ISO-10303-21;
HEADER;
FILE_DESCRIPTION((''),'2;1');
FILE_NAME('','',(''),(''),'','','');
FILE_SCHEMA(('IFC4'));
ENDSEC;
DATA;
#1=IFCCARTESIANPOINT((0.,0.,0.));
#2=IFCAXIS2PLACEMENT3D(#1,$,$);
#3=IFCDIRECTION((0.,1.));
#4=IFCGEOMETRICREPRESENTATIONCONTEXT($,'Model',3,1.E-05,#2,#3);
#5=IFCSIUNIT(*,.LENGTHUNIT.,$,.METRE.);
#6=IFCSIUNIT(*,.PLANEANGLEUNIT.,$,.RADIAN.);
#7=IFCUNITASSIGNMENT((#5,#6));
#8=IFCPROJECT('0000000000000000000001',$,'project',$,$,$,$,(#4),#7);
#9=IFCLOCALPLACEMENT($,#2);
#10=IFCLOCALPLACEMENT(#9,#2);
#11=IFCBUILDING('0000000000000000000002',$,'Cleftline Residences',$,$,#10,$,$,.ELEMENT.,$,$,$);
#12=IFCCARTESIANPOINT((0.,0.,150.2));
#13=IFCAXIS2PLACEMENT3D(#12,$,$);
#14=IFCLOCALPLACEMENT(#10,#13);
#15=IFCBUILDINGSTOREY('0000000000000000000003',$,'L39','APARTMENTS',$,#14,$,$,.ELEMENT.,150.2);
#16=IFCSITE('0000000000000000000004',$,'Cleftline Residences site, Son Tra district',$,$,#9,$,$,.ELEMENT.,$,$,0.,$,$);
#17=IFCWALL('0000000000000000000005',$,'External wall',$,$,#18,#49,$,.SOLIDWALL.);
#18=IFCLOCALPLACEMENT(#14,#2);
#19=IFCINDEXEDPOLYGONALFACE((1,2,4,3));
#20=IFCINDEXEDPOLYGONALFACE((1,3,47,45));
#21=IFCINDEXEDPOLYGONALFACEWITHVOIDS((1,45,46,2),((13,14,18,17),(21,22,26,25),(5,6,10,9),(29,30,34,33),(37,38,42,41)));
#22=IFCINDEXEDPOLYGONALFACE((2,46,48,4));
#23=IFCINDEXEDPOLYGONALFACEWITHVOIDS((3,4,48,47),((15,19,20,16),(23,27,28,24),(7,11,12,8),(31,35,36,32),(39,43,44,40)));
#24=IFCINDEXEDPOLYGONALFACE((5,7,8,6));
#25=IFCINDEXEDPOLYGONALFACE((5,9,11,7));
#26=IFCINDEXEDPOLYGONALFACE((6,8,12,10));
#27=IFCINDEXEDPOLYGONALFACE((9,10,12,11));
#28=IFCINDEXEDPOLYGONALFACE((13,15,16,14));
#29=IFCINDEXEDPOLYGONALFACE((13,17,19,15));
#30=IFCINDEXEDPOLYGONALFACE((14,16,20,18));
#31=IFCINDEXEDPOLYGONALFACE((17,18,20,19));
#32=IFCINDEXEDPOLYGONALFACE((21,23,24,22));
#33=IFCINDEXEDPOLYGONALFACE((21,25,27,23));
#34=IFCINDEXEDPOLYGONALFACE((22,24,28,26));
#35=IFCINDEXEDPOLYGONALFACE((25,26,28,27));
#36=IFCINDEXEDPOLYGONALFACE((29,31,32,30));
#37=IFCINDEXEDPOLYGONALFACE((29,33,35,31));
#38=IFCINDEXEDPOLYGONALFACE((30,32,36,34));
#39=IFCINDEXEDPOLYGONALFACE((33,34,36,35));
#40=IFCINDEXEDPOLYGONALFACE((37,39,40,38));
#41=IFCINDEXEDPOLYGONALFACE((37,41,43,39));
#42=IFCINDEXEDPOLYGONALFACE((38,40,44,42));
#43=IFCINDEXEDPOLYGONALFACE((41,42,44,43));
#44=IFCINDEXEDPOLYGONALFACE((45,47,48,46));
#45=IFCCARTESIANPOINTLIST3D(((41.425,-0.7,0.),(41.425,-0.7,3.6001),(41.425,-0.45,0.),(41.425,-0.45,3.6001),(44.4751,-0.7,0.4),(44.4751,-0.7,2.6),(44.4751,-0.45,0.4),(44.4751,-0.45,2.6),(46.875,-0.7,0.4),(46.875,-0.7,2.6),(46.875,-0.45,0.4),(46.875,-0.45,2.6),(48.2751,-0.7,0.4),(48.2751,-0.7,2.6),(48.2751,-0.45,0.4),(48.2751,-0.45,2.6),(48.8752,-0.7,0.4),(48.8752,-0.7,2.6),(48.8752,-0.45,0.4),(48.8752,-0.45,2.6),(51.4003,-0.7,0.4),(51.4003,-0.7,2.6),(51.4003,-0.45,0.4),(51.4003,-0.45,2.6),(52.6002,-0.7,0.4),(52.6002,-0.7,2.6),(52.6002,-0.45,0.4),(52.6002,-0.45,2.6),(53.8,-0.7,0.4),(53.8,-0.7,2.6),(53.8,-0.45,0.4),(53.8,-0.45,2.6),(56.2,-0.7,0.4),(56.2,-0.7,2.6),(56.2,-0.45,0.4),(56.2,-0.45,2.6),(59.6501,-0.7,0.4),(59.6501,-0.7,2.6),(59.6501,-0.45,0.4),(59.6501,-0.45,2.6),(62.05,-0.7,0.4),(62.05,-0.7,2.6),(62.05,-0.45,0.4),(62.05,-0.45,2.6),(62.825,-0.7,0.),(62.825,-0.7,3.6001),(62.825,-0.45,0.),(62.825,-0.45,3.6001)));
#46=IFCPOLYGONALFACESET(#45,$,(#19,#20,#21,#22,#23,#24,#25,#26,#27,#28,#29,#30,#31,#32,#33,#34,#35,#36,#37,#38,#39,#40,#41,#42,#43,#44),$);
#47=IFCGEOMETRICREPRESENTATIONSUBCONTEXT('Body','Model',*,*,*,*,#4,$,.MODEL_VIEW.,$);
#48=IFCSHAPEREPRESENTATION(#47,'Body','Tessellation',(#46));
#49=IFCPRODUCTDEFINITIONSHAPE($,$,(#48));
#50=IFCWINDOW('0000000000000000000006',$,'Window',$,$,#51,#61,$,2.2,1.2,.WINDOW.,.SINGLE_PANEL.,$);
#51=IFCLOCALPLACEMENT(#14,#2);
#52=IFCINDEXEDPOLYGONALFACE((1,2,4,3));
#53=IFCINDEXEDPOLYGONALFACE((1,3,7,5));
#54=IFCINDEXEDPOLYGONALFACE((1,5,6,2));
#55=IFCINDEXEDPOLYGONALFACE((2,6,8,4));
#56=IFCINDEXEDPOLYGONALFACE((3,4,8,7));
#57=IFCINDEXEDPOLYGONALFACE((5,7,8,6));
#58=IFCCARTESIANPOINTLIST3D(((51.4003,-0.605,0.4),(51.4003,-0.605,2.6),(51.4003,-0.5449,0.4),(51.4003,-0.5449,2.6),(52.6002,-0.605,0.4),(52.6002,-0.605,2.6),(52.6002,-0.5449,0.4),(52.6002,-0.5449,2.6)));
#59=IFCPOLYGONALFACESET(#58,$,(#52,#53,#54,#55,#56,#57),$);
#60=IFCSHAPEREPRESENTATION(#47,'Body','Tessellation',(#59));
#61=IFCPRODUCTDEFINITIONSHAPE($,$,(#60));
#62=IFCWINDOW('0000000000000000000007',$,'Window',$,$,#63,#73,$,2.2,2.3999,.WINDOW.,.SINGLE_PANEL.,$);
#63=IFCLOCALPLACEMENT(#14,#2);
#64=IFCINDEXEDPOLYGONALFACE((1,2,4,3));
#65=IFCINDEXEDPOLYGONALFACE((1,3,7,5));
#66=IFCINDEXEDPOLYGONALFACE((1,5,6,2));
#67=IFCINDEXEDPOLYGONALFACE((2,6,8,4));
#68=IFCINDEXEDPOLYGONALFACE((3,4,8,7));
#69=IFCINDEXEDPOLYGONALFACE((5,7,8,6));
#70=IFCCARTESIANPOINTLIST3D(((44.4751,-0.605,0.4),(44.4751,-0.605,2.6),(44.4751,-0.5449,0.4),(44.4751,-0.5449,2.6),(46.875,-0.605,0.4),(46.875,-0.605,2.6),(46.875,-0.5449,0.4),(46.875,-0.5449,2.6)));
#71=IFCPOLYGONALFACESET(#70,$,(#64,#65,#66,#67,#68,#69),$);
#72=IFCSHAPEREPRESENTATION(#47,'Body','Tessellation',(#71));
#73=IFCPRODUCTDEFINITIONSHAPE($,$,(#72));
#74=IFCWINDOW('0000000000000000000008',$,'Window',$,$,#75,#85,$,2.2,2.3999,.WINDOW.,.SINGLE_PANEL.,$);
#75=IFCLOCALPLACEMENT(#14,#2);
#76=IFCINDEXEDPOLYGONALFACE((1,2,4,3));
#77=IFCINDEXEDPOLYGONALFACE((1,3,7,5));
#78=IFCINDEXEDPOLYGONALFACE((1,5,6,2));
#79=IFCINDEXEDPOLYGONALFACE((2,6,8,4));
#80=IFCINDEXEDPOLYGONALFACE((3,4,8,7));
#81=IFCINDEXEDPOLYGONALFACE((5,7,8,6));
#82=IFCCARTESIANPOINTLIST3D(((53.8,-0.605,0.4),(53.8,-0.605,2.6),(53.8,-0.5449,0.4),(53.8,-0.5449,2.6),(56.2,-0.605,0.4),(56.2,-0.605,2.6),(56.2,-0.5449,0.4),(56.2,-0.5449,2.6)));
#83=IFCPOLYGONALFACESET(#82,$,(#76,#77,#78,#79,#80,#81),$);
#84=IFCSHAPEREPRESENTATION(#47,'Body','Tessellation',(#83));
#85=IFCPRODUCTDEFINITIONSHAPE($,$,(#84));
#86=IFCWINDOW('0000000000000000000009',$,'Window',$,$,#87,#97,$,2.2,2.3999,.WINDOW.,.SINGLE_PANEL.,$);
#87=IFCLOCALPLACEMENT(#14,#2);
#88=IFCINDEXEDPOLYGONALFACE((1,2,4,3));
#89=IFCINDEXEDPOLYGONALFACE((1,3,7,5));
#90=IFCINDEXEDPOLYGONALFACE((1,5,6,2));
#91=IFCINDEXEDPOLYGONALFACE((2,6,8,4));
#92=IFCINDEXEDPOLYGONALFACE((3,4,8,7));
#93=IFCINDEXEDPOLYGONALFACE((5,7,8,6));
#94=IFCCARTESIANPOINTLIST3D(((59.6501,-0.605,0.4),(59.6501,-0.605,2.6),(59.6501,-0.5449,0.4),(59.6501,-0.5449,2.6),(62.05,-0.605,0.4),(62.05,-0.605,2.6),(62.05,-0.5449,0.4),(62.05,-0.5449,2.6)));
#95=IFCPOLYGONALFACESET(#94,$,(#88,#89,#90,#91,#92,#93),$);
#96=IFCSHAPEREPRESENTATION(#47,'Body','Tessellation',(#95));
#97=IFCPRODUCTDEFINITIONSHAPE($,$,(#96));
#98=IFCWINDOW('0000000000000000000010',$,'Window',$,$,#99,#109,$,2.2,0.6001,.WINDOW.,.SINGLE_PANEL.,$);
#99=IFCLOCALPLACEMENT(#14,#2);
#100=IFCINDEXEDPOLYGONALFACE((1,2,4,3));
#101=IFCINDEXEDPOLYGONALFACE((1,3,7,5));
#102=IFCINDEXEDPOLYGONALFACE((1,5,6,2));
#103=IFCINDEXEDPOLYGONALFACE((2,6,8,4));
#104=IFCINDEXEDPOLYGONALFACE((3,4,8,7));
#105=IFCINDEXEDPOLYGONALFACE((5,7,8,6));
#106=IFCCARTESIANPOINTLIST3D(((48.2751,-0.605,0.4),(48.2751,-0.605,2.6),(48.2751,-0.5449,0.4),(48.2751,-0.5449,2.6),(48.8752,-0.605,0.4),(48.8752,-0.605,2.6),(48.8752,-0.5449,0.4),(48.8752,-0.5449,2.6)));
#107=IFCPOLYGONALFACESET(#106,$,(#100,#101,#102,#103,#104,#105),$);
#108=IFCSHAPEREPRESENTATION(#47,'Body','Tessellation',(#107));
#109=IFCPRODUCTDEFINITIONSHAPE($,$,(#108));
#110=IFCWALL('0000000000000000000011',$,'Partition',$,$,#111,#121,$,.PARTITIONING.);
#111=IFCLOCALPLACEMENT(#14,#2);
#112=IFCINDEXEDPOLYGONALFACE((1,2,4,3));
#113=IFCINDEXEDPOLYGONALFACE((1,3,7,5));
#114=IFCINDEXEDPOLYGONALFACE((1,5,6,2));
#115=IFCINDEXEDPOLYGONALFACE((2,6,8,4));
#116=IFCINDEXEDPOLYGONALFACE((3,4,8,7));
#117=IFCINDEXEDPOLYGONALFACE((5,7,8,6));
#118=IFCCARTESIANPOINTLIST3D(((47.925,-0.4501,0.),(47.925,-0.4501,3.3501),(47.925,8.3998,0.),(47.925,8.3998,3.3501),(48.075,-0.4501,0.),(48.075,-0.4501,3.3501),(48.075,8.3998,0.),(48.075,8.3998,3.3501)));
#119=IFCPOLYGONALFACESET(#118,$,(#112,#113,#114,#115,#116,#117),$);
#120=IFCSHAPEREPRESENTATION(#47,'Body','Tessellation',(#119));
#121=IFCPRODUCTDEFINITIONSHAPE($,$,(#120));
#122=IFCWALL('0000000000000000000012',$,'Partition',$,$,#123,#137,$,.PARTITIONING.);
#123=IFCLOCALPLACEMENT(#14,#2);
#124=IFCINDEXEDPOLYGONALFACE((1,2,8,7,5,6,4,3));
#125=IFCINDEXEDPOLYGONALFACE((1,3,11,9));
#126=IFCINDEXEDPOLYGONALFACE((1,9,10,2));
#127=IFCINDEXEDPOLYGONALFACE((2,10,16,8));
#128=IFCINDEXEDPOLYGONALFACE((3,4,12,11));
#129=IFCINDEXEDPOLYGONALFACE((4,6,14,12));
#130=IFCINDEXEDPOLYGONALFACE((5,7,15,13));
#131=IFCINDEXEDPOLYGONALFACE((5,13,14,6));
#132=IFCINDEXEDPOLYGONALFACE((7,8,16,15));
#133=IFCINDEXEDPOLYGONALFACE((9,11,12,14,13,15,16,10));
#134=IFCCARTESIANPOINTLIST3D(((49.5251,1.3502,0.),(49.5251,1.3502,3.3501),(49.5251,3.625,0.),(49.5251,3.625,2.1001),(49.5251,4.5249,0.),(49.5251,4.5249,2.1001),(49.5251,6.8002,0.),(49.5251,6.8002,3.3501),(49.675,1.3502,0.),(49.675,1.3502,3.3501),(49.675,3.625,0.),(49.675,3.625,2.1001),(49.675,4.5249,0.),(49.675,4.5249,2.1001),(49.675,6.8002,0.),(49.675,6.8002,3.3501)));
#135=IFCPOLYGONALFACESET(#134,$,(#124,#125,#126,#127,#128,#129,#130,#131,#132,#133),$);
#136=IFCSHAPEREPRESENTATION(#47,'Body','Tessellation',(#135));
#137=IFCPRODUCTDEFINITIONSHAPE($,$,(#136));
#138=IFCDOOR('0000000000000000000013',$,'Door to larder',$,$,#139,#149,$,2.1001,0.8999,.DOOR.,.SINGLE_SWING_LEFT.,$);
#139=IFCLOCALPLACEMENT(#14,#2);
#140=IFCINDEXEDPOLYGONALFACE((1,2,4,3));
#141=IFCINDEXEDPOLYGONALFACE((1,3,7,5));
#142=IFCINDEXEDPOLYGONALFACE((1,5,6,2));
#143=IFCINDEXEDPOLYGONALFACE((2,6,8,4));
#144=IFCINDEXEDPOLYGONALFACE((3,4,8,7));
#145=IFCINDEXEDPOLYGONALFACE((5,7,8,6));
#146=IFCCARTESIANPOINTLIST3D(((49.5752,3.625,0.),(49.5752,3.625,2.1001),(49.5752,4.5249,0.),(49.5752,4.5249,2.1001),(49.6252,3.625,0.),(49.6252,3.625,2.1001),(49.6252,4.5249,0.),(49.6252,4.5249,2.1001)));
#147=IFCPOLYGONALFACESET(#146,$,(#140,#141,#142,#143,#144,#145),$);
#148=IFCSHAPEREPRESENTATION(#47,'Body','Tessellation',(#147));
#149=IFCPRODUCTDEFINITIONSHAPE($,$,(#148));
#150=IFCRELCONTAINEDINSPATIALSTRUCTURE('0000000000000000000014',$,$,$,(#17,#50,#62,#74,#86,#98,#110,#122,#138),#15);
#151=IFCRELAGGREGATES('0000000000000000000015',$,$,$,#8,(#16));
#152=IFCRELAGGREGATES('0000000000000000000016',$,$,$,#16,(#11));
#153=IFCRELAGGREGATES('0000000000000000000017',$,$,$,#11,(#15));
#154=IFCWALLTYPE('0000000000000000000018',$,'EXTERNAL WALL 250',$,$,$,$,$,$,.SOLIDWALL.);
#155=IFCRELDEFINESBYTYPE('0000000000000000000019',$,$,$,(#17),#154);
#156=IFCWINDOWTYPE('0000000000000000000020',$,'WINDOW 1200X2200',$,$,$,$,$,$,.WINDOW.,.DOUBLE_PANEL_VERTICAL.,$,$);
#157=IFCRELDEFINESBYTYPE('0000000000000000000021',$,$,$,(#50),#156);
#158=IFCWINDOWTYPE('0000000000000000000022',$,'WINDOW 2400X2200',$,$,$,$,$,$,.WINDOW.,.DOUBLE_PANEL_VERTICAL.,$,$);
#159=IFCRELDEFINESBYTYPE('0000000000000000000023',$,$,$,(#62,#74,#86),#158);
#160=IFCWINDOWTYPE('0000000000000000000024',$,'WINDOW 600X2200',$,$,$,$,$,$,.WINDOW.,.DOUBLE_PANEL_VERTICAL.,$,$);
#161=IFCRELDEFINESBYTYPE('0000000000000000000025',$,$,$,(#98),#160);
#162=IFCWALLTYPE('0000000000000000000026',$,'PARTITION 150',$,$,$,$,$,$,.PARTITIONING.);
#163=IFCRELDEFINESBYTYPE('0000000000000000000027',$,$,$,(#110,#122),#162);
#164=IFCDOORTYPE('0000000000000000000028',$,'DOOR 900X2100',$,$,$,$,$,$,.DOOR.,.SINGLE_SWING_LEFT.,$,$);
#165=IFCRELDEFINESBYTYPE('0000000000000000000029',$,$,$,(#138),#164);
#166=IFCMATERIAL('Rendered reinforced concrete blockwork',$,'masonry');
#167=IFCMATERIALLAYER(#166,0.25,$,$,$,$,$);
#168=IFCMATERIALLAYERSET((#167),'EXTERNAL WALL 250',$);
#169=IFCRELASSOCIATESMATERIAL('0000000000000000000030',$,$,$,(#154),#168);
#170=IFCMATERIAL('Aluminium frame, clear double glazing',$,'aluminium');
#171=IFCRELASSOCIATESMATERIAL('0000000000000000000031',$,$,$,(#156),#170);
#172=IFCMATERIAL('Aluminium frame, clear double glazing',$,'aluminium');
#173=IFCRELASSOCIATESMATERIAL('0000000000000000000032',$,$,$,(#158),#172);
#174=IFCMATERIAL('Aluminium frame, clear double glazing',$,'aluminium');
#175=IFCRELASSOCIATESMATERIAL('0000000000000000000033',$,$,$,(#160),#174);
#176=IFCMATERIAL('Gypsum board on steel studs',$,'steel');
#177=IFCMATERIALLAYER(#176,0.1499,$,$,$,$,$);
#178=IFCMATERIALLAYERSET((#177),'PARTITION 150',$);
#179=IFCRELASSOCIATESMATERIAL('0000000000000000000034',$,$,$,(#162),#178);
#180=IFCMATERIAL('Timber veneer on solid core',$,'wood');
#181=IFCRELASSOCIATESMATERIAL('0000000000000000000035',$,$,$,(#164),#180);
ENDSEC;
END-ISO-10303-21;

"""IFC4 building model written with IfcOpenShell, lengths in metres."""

from ifc_helpers import new_model, si_unit, direction, frame, frame_2d, origin, place, context, subcontext, project, spatial, rectangle, extrude, material, layer, layer_set, type_object, element, fill, save


model = new_model("IFC4")

# Units and contexts
model_context = context("Model", 3, precision=1e-05, world=origin(), true_north=direction((0.0, 1.0)))
body_context = subcontext(model_context, "Body", "Model", "MODEL_VIEW")
ifc_project = project(units=[si_unit("LENGTHUNIT", "METRE"), si_unit("PLANEANGLEUNIT", "RADIAN")], contexts=[model_context])

# Site, building, storey
site_placement = place(None, origin())
site = spatial("IfcSite", under=ifc_project, at=site_placement, Name="Cleftline Residences site, Son Tra district", CompositionType="ELEMENT", RefElevation=0.0)
building_placement = place(site_placement, origin())
building = spatial("IfcBuilding", under=site, at=building_placement, Name="Cleftline Residences", CompositionType="ELEMENT")
storey_placement = place(building_placement, frame((0.0, 0.0, 150.2)))
storey = spatial("IfcBuildingStorey", under=building, at=storey_placement, Name="L39", Description="APARTMENTS", CompositionType="ELEMENT", Elevation=150.2)

# Wall, openings, windows
ifc_material_1 = material(Name="Rendered reinforced concrete blockwork", Category="masonry")
ifc_layer_1 = layer(ifc_material_1, 0.25)
ifc_layer_set_1 = layer_set([ifc_layer_1], Name="EXTERNAL WALL 250")
wall_type_1 = type_object("IfcWallType", Name="EXTERNAL WALL 250", PredefinedType="SOLIDWALL", material=ifc_layer_set_1)
wall_1_placement = place(storey_placement, frame((41.425, -0.575, 0.0), z_axis=(0.0, 0.0, 1.0), x_axis=(1.0, 0.0, 0.0)))
wall_1 = element("IfcWall", 1, at=wall_1_placement, inside=storey, type_object=wall_type_1, Name="External wall", PredefinedType="SOLIDWALL", context=body_context, shape_type="SweptSolid", body=[
    extrude(rectangle(XDim=21.3999, YDim=0.25, at=frame_2d((10.7, 0.0))), origin(), (0.0, 0.0, 1.0), 3.6001),
])
opening_1_placement = place(wall_1_placement, frame((3.05, 0.0, 0.3999)))
opening_1 = element("IfcOpeningElement", 2, at=opening_1_placement, cuts=wall_1, PredefinedType="OPENING", context=body_context, shape_type="SweptSolid", body=[
    extrude(rectangle(XDim=2.3999, YDim=2.2, at=frame_2d((1.2, 1.1001))), frame((0.0, 0.135, 0.0), z_axis=(0.0, -1.0, 0.0), x_axis=(1.0, 0.0, 0.0)), (0.0, 0.0, 1.0), 0.27),
])
opening_2_placement = place(wall_1_placement, frame((6.8501, 0.0, 0.3999)))
opening_2 = element("IfcOpeningElement", 3, at=opening_2_placement, cuts=wall_1, PredefinedType="OPENING", context=body_context, shape_type="SweptSolid", body=[
    extrude(rectangle(XDim=0.6001, YDim=2.2, at=frame_2d((0.3, 1.1001))), frame((0.0, 0.135, 0.0), z_axis=(0.0, -1.0, 0.0), x_axis=(1.0, 0.0, 0.0)), (0.0, 0.0, 1.0), 0.27),
])
opening_3_placement = place(wall_1_placement, frame((9.9751, 0.0, 0.3999)))
opening_3 = element("IfcOpeningElement", 4, at=opening_3_placement, cuts=wall_1, PredefinedType="OPENING", context=body_context, shape_type="SweptSolid", body=[
    extrude(rectangle(XDim=1.2, YDim=2.2, at=frame_2d((0.6001, 1.1001))), frame((0.0, 0.135, 0.0), z_axis=(0.0, -1.0, 0.0), x_axis=(1.0, 0.0, 0.0)), (0.0, 0.0, 1.0), 0.27),
])
opening_4_placement = place(wall_1_placement, frame((12.375, 0.0, 0.3999)))
opening_4 = element("IfcOpeningElement", 5, at=opening_4_placement, cuts=wall_1, PredefinedType="OPENING", context=body_context, shape_type="SweptSolid", body=[
    extrude(rectangle(XDim=2.3999, YDim=2.2, at=frame_2d((1.2, 1.1001))), frame((0.0, 0.135, 0.0), z_axis=(0.0, -1.0, 0.0), x_axis=(1.0, 0.0, 0.0)), (0.0, 0.0, 1.0), 0.27),
])
opening_5_placement = place(wall_1_placement, frame((18.2251, 0.0, 0.3999)))
opening_5 = element("IfcOpeningElement", 6, at=opening_5_placement, cuts=wall_1, PredefinedType="OPENING", context=body_context, shape_type="SweptSolid", body=[
    extrude(rectangle(XDim=2.3999, YDim=2.2, at=frame_2d((1.2, 1.1001))), frame((0.0, 0.135, 0.0), z_axis=(0.0, -1.0, 0.0), x_axis=(1.0, 0.0, 0.0)), (0.0, 0.0, 1.0), 0.27),
])
ifc_material_2 = material(Name="Aluminium frame, clear double glazing", Category="aluminium")
window_type_1 = type_object("IfcWindowType", Name="WINDOW 1200X2200", PartitioningType="DOUBLE_PANEL_VERTICAL", PredefinedType="WINDOW", material=ifc_material_2)
window_1_placement = place(opening_3_placement, origin())
window_1 = element("IfcWindow", 7, at=window_1_placement, inside=storey, type_object=window_type_1, Name="Window", OverallHeight=2.2, OverallWidth=1.2, PartitioningType="SINGLE_PANEL", PredefinedType="WINDOW", context=body_context, shape_type="SweptSolid", body=[
    extrude(rectangle(XDim=1.2, YDim=2.2, at=frame_2d((0.6001, 1.1001))), frame((0.0, 0.03, 0.0), z_axis=(0.0, -1.0, 0.0), x_axis=(1.0, 0.0, 0.0)), (0.0, 0.0, 1.0), 0.0601),
])
fill(opening_3, window_1)
ifc_material_3 = material(Name="Aluminium frame, clear double glazing", Category="aluminium")
window_type_2 = type_object("IfcWindowType", Name="WINDOW 2400X2200", PartitioningType="DOUBLE_PANEL_VERTICAL", PredefinedType="WINDOW", material=ifc_material_3)
window_2_placement = place(opening_1_placement, origin())
window_2 = element("IfcWindow", 8, at=window_2_placement, inside=storey, type_object=window_type_2, Name="Window", OverallHeight=2.2, OverallWidth=2.3999, PartitioningType="SINGLE_PANEL", PredefinedType="WINDOW", context=body_context, shape_type="SweptSolid", body=[
    extrude(rectangle(XDim=2.3999, YDim=2.2, at=frame_2d((1.2, 1.1001))), frame((0.0, 0.03, 0.0), z_axis=(0.0, -1.0, 0.0), x_axis=(1.0, 0.0, 0.0)), (0.0, 0.0, 1.0), 0.0601),
])
fill(opening_1, window_2)
window_3_placement = place(opening_4_placement, origin())
window_3 = element("IfcWindow", 9, at=window_3_placement, inside=storey, type_object=window_type_2, Name="Window", OverallHeight=2.2, OverallWidth=2.3999, PartitioningType="SINGLE_PANEL", PredefinedType="WINDOW", context=body_context, shape_type="SweptSolid", body=[
    extrude(rectangle(XDim=2.3999, YDim=2.2, at=frame_2d((1.2, 1.1001))), frame((0.0, 0.03, 0.0), z_axis=(0.0, -1.0, 0.0), x_axis=(1.0, 0.0, 0.0)), (0.0, 0.0, 1.0), 0.0601),
])
fill(opening_4, window_3)
window_4_placement = place(opening_5_placement, origin())
window_4 = element("IfcWindow", 10, at=window_4_placement, inside=storey, type_object=window_type_2, Name="Window", OverallHeight=2.2, OverallWidth=2.3999, PartitioningType="SINGLE_PANEL", PredefinedType="WINDOW", context=body_context, shape_type="SweptSolid", body=[
    extrude(rectangle(XDim=2.3999, YDim=2.2, at=frame_2d((1.2, 1.1001))), frame((0.0, 0.03, 0.0), z_axis=(0.0, -1.0, 0.0), x_axis=(1.0, 0.0, 0.0)), (0.0, 0.0, 1.0), 0.0601),
])
fill(opening_5, window_4)
ifc_material_4 = material(Name="Aluminium frame, clear double glazing", Category="aluminium")
window_type_3 = type_object("IfcWindowType", Name="WINDOW 600X2200", PartitioningType="DOUBLE_PANEL_VERTICAL", PredefinedType="WINDOW", material=ifc_material_4)
window_5_placement = place(opening_2_placement, origin())
window_5 = element("IfcWindow", 11, at=window_5_placement, inside=storey, type_object=window_type_3, Name="Window", OverallHeight=2.2, OverallWidth=0.6001, PartitioningType="SINGLE_PANEL", PredefinedType="WINDOW", context=body_context, shape_type="SweptSolid", body=[
    extrude(rectangle(XDim=0.6001, YDim=2.2, at=frame_2d((0.3, 1.1001))), frame((0.0, 0.03, 0.0), z_axis=(0.0, -1.0, 0.0), x_axis=(1.0, 0.0, 0.0)), (0.0, 0.0, 1.0), 0.0601),
])
fill(opening_2, window_5)

# Wall
ifc_material_5 = material(Name="Gypsum board on steel studs", Category="steel")
ifc_layer_2 = layer(ifc_material_5, 0.1499)
ifc_layer_set_2 = layer_set([ifc_layer_2], Name="PARTITION 150")
wall_type_2 = type_object("IfcWallType", Name="PARTITION 150", PredefinedType="PARTITIONING", material=ifc_layer_set_2)
wall_2_placement = place(storey_placement, frame((48.0, -0.45, 0.0), z_axis=(0.0, 0.0, 1.0), x_axis=(0.0, 1.0, 0.0)))
element("IfcWall", 12, at=wall_2_placement, inside=storey, type_object=wall_type_2, Name="Partition", PredefinedType="PARTITIONING", context=body_context, shape_type="SweptSolid", body=[
    extrude(rectangle(XDim=8.8499, YDim=0.1499, at=frame_2d((4.4248, 0.0))), origin(), (0.0, 0.0, 1.0), 3.3501),
])

# Wall, opening, door
wall_3_placement = place(storey_placement, frame((49.6001, 1.3501, 0.0), z_axis=(0.0, 0.0, 1.0), x_axis=(0.0, 1.0, 0.0)))
wall_3 = element("IfcWall", 13, at=wall_3_placement, inside=storey, type_object=wall_type_2, Name="Partition", PredefinedType="PARTITIONING", context=body_context, shape_type="SweptSolid", body=[
    extrude(rectangle(XDim=5.45, YDim=0.1499, at=frame_2d((2.7251, 0.0))), origin(), (0.0, 0.0, 1.0), 3.3501),
])
opening_6_placement = place(wall_3_placement, frame((2.2749, 0.0, 0.0)))
opening_6 = element("IfcOpeningElement", 14, at=opening_6_placement, cuts=wall_3, PredefinedType="OPENING", context=body_context, shape_type="SweptSolid", body=[
    extrude(rectangle(XDim=0.8999, YDim=2.1001, at=frame_2d((0.45, 1.05))), frame((0.0, 0.085, 0.0), z_axis=(0.0, -1.0, 0.0), x_axis=(1.0, 0.0, 0.0)), (0.0, 0.0, 1.0), 0.1699),
])
ifc_material_6 = material(Name="Timber veneer on solid core", Category="wood")
door_type = type_object("IfcDoorType", Name="DOOR 900X2100", OperationType="SINGLE_SWING_LEFT", PredefinedType="DOOR", material=ifc_material_6)
door_placement = place(opening_6_placement, origin())
door = element("IfcDoor", 15, at=door_placement, inside=storey, type_object=door_type, Name="Door to larder", OperationType="SINGLE_SWING_LEFT", OverallHeight=2.1001, OverallWidth=0.8999, PredefinedType="DOOR", context=body_context, shape_type="SweptSolid", body=[
    extrude(rectangle(XDim=0.8999, YDim=2.1001, at=frame_2d((0.45, 1.05))), frame((0.0, 0.0249, 0.0), z_axis=(0.0, -1.0, 0.0), x_axis=(1.0, 0.0, 0.0)), (0.0, 0.0, 1.0), 0.05),
])
fill(opening_6, door)

save(model, "model.ifc")
